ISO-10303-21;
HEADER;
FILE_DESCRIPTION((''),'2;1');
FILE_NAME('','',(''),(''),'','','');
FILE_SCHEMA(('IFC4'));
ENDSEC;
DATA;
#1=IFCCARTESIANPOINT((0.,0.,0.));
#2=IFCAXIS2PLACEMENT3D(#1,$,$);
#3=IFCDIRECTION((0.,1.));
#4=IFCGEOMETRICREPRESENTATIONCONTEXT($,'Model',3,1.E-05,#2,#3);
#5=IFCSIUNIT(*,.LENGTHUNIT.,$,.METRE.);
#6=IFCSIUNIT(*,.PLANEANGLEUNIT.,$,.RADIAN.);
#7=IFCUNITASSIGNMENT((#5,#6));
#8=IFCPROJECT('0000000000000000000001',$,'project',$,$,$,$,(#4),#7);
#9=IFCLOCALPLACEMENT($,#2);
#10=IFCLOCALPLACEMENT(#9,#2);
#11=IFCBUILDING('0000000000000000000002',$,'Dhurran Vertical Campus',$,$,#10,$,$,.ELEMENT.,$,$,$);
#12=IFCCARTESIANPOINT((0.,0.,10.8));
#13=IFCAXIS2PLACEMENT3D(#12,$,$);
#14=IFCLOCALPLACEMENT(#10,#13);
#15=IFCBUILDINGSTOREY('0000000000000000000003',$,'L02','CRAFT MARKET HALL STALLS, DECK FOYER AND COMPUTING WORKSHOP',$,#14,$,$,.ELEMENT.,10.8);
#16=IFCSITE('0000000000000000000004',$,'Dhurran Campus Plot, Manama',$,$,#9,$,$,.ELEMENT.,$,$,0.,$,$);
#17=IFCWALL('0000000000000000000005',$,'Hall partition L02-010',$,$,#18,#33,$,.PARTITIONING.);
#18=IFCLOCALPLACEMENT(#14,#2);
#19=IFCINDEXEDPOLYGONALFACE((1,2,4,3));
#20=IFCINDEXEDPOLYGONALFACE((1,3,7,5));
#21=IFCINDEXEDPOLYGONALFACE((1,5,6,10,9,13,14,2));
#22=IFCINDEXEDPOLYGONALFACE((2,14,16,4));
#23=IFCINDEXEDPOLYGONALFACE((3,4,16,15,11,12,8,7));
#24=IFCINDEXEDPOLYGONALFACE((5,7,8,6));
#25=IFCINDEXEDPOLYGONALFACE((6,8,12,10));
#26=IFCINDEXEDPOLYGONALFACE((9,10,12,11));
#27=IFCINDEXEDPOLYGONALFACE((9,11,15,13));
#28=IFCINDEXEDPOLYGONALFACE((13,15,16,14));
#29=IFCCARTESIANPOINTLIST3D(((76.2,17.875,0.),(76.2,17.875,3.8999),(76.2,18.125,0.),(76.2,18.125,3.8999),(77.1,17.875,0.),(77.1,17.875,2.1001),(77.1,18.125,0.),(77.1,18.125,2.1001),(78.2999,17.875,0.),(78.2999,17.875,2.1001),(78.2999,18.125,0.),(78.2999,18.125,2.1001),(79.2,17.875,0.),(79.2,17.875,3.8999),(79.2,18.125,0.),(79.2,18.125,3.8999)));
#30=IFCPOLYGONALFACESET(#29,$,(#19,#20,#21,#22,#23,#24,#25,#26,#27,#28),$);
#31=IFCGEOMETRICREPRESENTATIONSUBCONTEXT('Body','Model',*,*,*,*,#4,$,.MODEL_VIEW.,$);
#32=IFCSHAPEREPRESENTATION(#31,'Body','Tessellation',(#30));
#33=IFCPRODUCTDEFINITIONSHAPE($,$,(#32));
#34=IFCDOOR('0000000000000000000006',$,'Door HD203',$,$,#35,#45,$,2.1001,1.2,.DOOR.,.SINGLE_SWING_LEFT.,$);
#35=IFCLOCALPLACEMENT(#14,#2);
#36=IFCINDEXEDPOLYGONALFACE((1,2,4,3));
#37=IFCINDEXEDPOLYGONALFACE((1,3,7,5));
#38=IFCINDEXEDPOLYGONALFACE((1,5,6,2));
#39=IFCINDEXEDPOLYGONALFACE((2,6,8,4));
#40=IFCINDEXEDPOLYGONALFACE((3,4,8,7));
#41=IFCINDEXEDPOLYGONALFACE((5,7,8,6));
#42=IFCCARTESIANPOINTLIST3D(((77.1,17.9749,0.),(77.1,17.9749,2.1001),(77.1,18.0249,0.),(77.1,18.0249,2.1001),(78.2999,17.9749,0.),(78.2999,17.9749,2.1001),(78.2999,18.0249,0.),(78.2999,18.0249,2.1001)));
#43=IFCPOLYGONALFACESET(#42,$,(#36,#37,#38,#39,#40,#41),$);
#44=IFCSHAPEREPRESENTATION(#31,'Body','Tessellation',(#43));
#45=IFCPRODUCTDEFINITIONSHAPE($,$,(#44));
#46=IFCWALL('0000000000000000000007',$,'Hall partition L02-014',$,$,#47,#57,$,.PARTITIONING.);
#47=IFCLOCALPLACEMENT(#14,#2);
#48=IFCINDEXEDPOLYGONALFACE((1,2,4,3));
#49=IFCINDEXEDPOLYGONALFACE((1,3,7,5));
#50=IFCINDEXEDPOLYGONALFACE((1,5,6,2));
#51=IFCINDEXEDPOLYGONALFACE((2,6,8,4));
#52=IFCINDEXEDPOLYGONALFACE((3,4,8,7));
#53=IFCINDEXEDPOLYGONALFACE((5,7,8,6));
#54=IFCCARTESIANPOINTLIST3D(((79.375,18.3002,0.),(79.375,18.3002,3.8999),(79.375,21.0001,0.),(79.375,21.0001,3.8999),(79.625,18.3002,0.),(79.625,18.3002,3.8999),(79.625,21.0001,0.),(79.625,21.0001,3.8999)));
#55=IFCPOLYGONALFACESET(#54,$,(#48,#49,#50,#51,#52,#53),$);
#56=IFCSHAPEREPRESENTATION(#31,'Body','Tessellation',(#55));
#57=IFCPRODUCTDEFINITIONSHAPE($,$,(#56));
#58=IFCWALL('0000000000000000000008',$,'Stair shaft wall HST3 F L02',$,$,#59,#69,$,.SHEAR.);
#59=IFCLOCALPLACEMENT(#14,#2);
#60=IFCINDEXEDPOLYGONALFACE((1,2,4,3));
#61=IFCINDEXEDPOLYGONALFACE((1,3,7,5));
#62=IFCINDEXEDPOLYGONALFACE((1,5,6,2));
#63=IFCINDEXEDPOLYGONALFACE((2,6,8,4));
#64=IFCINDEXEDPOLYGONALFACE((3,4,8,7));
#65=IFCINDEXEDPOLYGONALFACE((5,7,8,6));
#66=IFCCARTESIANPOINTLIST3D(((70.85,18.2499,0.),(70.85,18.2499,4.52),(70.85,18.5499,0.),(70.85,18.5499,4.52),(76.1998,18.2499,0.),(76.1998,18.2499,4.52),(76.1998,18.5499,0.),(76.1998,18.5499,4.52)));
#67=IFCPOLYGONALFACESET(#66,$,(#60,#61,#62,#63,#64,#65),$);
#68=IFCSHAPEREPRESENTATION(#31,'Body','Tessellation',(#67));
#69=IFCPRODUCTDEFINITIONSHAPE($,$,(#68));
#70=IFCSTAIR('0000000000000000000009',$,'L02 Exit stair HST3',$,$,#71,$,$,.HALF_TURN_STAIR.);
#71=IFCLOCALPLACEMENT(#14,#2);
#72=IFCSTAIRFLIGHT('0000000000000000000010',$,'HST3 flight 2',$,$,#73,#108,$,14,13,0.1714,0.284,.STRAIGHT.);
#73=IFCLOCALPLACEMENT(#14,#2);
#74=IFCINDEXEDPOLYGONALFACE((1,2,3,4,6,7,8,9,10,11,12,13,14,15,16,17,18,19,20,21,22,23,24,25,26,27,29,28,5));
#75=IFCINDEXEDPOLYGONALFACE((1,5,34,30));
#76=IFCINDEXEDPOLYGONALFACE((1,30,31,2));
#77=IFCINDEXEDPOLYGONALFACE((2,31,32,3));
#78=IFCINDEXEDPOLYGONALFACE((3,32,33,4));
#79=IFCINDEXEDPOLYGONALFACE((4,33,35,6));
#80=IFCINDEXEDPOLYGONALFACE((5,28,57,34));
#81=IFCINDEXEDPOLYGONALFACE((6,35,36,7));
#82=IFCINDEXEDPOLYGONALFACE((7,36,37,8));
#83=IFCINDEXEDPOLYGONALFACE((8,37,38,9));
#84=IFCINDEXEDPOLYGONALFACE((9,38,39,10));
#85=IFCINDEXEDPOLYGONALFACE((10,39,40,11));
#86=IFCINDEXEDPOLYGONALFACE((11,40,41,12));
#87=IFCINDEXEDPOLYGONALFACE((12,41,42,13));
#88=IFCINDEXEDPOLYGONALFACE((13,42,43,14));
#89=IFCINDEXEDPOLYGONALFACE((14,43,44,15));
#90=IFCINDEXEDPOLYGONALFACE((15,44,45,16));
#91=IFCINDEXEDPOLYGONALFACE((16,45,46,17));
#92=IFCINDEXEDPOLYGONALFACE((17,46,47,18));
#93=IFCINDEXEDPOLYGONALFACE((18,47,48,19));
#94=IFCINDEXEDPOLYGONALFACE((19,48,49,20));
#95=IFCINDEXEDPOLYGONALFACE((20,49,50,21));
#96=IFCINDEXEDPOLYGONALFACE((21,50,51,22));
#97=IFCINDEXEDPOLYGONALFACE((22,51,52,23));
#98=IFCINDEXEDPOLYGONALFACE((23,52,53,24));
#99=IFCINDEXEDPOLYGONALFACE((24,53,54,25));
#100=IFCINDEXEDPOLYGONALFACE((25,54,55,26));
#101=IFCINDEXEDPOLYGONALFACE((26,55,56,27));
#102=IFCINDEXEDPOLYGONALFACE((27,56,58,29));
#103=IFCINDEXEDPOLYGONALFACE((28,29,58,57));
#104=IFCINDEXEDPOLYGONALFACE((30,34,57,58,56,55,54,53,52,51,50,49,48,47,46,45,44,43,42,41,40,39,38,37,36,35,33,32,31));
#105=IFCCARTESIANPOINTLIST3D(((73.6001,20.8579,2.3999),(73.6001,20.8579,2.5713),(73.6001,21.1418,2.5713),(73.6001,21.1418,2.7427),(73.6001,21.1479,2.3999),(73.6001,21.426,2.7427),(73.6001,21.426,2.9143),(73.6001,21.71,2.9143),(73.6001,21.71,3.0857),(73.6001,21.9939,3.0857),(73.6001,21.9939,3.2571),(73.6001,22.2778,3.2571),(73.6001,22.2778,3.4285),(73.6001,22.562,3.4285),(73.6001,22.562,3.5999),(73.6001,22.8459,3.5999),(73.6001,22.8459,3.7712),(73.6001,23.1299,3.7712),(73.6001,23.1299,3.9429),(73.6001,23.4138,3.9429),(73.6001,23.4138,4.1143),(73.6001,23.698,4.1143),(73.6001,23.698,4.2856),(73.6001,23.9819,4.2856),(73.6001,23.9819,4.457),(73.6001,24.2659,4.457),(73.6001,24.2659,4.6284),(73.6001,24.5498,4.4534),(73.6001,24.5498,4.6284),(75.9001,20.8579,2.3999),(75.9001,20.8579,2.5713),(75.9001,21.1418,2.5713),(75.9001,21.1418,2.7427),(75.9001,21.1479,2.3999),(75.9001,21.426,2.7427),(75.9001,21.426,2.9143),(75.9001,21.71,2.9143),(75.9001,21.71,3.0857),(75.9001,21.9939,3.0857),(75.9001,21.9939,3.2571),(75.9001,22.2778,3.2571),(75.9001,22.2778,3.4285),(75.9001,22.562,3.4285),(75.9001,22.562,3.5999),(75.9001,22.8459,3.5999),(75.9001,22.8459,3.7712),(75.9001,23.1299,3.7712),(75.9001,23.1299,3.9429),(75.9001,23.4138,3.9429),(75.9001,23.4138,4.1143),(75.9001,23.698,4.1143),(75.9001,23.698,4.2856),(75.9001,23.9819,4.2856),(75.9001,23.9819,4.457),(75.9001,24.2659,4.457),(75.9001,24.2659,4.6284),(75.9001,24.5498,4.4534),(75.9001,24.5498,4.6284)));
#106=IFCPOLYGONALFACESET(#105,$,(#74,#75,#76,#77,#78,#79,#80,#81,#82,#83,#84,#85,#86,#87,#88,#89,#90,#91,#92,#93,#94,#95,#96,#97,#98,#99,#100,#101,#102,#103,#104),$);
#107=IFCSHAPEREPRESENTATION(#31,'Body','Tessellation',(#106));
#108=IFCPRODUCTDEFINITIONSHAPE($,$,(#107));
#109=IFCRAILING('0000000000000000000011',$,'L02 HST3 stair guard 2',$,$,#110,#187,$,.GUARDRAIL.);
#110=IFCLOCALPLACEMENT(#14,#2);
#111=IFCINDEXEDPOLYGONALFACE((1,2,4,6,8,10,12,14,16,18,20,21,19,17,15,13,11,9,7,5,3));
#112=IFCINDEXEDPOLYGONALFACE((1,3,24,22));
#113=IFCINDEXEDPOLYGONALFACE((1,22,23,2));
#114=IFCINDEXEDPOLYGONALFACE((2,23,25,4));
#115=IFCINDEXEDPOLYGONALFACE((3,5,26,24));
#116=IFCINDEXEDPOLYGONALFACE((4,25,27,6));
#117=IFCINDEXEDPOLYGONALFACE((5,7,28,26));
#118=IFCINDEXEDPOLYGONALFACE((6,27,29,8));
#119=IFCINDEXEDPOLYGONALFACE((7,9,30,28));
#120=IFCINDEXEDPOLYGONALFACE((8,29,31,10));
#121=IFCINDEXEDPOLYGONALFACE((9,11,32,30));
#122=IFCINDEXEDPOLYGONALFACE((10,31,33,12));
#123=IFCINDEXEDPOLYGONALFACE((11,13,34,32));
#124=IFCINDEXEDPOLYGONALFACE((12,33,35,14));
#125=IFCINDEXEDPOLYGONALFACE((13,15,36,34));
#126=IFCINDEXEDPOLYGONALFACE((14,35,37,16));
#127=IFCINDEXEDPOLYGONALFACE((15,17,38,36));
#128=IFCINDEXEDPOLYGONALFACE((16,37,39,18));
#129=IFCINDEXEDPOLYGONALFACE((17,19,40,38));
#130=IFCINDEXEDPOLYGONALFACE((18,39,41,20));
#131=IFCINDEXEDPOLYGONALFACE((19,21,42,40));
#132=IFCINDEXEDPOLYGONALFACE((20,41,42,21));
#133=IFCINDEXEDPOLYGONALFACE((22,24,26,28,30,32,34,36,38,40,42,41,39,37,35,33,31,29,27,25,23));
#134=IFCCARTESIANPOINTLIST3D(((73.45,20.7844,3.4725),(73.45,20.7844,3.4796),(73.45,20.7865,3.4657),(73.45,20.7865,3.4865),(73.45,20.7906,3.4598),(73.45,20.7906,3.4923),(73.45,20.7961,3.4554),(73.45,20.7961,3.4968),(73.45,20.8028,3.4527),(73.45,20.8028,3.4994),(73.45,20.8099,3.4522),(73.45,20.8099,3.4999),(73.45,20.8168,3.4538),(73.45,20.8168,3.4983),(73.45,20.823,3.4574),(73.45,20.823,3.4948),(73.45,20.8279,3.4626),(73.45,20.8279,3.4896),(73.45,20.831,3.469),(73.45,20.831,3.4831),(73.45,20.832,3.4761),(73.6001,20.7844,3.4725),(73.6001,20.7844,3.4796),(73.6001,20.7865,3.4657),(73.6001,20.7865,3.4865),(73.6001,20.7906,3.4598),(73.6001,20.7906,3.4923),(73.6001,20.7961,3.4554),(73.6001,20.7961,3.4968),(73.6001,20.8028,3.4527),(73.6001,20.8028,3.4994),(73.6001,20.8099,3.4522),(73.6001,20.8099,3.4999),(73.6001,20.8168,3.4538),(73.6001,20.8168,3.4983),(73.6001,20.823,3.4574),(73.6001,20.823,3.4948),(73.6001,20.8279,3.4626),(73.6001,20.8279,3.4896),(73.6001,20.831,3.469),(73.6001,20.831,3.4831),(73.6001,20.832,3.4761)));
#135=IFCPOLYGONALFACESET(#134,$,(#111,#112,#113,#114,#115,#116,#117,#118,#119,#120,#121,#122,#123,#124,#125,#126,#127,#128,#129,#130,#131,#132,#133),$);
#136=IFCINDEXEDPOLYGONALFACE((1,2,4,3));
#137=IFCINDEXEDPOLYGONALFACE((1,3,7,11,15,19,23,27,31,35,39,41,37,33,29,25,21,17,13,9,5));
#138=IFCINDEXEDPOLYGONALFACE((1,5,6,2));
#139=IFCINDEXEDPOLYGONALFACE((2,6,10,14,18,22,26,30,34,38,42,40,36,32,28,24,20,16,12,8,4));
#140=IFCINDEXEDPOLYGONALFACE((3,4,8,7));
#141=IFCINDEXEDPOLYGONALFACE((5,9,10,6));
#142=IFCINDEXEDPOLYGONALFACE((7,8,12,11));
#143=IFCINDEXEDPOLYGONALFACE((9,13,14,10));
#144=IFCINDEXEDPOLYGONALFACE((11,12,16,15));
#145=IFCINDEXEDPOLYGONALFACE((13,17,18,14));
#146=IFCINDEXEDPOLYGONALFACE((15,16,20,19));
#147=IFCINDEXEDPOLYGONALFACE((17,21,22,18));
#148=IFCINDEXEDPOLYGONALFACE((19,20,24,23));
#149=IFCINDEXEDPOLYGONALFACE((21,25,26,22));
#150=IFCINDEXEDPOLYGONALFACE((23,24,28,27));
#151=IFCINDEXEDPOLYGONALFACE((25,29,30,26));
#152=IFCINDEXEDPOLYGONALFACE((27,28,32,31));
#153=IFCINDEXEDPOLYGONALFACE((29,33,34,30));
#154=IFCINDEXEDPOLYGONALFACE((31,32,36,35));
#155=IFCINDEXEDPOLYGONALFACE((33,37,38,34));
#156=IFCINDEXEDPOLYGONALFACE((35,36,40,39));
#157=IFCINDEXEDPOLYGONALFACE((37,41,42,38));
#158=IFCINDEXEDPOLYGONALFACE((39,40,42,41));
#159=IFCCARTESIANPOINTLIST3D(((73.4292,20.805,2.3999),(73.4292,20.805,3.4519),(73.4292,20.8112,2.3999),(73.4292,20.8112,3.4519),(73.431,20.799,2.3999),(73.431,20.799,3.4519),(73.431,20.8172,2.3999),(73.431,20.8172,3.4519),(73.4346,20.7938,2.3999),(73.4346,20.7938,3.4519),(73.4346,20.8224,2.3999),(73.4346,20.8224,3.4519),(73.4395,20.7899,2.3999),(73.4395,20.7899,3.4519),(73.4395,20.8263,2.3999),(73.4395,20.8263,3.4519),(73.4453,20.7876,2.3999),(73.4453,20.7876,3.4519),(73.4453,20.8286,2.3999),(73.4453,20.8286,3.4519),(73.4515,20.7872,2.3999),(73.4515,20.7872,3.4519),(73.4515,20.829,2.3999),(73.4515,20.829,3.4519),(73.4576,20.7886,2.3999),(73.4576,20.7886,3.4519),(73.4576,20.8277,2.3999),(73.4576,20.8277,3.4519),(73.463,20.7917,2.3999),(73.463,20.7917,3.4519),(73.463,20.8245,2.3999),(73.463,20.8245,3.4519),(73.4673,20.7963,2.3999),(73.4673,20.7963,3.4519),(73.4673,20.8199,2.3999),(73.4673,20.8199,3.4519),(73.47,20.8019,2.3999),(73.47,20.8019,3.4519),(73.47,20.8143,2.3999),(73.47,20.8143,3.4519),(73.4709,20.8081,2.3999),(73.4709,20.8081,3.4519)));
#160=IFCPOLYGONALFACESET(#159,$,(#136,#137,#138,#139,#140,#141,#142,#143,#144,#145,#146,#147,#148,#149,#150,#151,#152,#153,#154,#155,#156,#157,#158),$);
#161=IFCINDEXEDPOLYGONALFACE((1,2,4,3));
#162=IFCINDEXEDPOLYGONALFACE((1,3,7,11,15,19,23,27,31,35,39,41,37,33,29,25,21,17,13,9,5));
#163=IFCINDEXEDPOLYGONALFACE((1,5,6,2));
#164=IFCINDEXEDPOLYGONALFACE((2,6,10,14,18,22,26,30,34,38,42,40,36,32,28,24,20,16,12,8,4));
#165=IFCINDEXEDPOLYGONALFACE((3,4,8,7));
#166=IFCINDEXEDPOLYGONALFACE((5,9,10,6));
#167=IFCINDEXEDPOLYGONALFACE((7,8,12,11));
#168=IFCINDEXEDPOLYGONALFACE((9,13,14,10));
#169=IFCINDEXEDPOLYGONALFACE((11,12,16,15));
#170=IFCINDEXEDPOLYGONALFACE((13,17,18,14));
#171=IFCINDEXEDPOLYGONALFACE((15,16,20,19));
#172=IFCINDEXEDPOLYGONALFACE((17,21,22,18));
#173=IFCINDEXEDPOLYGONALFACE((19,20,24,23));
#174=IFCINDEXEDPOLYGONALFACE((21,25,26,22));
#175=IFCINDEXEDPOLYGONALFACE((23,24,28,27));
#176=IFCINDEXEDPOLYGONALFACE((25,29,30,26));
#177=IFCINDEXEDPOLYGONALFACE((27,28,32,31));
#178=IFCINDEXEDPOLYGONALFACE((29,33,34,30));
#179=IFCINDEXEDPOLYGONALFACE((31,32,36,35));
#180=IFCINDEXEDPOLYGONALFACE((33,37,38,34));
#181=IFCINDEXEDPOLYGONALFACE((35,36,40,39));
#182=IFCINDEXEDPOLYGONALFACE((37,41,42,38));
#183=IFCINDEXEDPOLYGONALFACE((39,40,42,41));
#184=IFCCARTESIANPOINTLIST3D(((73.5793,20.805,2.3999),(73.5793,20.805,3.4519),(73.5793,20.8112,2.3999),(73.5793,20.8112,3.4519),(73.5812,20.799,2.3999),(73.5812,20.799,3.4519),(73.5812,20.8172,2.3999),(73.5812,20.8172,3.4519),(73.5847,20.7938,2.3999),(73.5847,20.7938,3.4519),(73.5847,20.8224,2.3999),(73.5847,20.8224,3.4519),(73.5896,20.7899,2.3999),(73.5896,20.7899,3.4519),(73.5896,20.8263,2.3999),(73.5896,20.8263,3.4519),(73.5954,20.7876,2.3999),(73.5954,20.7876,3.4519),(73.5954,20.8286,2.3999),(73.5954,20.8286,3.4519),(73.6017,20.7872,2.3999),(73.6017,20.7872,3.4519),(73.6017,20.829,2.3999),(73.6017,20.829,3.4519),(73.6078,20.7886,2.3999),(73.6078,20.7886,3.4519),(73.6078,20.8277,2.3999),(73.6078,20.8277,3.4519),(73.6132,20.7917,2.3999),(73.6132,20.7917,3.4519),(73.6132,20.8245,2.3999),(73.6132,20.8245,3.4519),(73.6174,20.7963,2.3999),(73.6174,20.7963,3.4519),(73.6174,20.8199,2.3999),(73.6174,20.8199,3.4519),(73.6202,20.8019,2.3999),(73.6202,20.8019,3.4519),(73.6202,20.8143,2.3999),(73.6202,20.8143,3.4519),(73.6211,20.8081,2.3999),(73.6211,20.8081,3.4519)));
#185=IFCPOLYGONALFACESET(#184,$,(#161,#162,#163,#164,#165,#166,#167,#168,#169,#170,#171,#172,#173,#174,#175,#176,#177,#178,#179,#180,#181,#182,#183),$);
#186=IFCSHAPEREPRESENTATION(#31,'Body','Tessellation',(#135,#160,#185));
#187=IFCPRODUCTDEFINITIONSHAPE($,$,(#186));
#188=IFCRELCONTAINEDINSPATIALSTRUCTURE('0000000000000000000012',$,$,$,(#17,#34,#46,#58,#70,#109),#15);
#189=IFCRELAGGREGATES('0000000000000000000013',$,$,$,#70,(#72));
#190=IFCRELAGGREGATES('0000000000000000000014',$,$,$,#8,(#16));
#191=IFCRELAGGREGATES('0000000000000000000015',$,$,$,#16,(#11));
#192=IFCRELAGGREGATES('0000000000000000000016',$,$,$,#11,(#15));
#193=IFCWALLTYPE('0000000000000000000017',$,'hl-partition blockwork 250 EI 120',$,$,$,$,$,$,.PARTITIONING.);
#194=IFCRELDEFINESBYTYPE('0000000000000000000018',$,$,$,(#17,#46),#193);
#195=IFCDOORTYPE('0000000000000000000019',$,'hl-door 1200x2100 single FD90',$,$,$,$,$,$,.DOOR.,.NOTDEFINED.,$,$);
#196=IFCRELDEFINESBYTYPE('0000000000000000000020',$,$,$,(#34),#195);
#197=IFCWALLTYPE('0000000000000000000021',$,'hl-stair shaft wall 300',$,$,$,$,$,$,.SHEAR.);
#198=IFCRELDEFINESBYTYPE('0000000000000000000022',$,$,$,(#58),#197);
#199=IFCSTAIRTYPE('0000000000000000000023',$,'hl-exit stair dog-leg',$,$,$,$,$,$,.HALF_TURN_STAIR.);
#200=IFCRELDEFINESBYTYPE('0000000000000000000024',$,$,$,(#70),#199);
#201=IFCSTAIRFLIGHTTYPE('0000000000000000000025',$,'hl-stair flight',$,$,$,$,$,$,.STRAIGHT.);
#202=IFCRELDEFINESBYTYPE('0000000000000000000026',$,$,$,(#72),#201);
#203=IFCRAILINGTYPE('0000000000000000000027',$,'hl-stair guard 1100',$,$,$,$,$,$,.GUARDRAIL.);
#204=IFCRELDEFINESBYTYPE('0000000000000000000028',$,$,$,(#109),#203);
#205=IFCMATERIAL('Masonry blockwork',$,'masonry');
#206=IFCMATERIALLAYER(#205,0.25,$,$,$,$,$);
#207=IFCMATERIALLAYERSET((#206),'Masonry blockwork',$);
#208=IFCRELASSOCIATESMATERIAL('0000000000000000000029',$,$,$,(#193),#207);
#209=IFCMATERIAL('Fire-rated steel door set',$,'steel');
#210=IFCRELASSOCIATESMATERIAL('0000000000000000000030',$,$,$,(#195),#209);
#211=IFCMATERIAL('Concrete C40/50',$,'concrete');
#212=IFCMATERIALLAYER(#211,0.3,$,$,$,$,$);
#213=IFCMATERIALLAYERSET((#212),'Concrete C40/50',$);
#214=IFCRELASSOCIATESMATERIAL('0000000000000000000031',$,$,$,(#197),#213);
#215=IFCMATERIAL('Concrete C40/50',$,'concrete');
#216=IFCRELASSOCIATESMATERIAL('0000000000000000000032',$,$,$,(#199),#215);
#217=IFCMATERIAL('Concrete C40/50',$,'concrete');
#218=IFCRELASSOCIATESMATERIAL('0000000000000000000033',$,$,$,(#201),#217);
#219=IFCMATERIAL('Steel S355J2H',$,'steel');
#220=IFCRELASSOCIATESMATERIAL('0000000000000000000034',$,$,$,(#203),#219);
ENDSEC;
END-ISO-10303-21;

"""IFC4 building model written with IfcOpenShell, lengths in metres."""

from ifc_helpers import new_model, si_unit, direction, frame, frame_2d, origin, origin_2d, place, context, subcontext, project, spatial, polyline, rectangle, circle, outline, extrude, material, layer, layer_set, type_object, element, fill, aggregate, save


model = new_model("IFC4")

# Units and contexts
model_context = context("Model", 3, precision=1e-05, world=origin(), true_north=direction((0.0, 1.0)))
body_context = subcontext(model_context, "Body", "Model", "MODEL_VIEW")
ifc_project = project(units=[si_unit("LENGTHUNIT", "METRE"), si_unit("PLANEANGLEUNIT", "RADIAN")], contexts=[model_context])

# Site, building, storey
site_placement = place(None, origin())
site = spatial("IfcSite", under=ifc_project, at=site_placement, Name="Dhurran Campus Plot, Manama", CompositionType="ELEMENT", RefElevation=0.0)
building_placement = place(site_placement, origin())
building = spatial("IfcBuilding", under=site, at=building_placement, Name="Dhurran Vertical Campus", CompositionType="ELEMENT")
storey_placement = place(building_placement, frame((0.0, 0.0, 10.8)))
storey = spatial("IfcBuildingStorey", under=building, at=storey_placement, Name="L02", Description="CRAFT MARKET HALL STALLS, DECK FOYER AND COMPUTING WORKSHOP", CompositionType="ELEMENT", Elevation=10.8)

# Wall, opening, door
ifc_material_1 = material(Name="Masonry blockwork", Category="masonry")
ifc_layer_1 = layer(ifc_material_1, 0.25)
ifc_layer_set_1 = layer_set([ifc_layer_1], Name="Masonry blockwork")
wall_type_1 = type_object("IfcWallType", Name="hl-partition blockwork 250 EI 120", PredefinedType="PARTITIONING", material=ifc_layer_set_1)
wall_1_placement = place(storey_placement, frame((76.2, 18.0, 0.0), z_axis=(0.0, 0.0, 1.0), x_axis=(1.0, 0.0, 0.0)))
wall_1 = element("IfcWall", 1, at=wall_1_placement, inside=storey, type_object=wall_type_1, Name="Hall partition L02-010", PredefinedType="PARTITIONING", context=body_context, shape_type="SweptSolid", body=[
    extrude(rectangle(XDim=3.0, YDim=0.25, at=frame_2d((1.5, 0.0))), origin(), (0.0, 0.0, 1.0), 3.8999),
])
opening_1_placement = place(wall_1_placement, frame((0.8999, 0.0, 0.0)))
opening_1 = element("IfcOpeningElement", 2, at=opening_1_placement, cuts=wall_1, PredefinedType="OPENING", context=body_context, shape_type="SweptSolid", body=[
    extrude(rectangle(XDim=1.2, YDim=2.1001, at=frame_2d((0.6001, 1.05))), frame((0.0, 0.135, 0.0), z_axis=(0.0, -1.0, 0.0), x_axis=(1.0, 0.0, 0.0)), (0.0, 0.0, 1.0), 0.27),
])
ifc_material_2 = material(Name="Fire-rated steel door set", Category="steel")
door_type_1 = type_object("IfcDoorType", Name="hl-door 1200x2100 single FD90", OperationType="NOTDEFINED", PredefinedType="DOOR", material=ifc_material_2)
door_1_placement = place(opening_1_placement, origin())
door_1 = element("IfcDoor", 3, at=door_1_placement, inside=storey, type_object=door_type_1, Name="Door HD203", OperationType="SINGLE_SWING_LEFT", OverallHeight=2.1001, OverallWidth=1.2, PredefinedType="DOOR", context=body_context, shape_type="SweptSolid", body=[
    extrude(rectangle(XDim=1.2, YDim=2.1001, at=frame_2d((0.6001, 1.05))), frame((0.0, 0.0249, 0.0), z_axis=(0.0, -1.0, 0.0), x_axis=(1.0, 0.0, 0.0)), (0.0, 0.0, 1.0), 0.05),
])
fill(opening_1, door_1)

# Walls
wall_2_placement = place(storey_placement, frame((79.5, 18.3, 0.0), z_axis=(0.0, 0.0, 1.0), x_axis=(0.0, 1.0, 0.0)))
element("IfcWall", 4, at=wall_2_placement, inside=storey, type_object=wall_type_1, Name="Hall partition L02-014", PredefinedType="PARTITIONING", context=body_context, shape_type="SweptSolid", body=[
    extrude(rectangle(XDim=2.7, YDim=0.25, at=frame_2d((1.3501, 0.0))), origin(), (0.0, 0.0, 1.0), 3.8999),
])
ifc_material_3 = material(Name="Concrete C40/50", Category="concrete")
ifc_layer_2 = layer(ifc_material_3, 0.3)
ifc_layer_set_2 = layer_set([ifc_layer_2], Name="Concrete C40/50")
wall_type_2 = type_object("IfcWallType", Name="hl-stair shaft wall 300", PredefinedType="SHEAR", material=ifc_layer_set_2)
wall_3_placement = place(storey_placement, frame((70.8501, 18.3999, 0.0), z_axis=(0.0, 0.0, 1.0), x_axis=(1.0, 0.0, 0.0)))
element("IfcWall", 5, at=wall_3_placement, inside=storey, type_object=wall_type_2, Name="Stair shaft wall HST3 F L02", PredefinedType="SHEAR", context=body_context, shape_type="SweptSolid", body=[
    extrude(rectangle(XDim=5.3499, YDim=0.3, at=frame_2d((2.6748, 0.0))), origin(), (0.0, 0.0, 1.0), 4.52),
])

# Stair, stair flight
ifc_material_4 = material(Name="Concrete C40/50", Category="concrete")
stair_type = type_object("IfcStairType", Name="hl-exit stair dog-leg", PredefinedType="HALF_TURN_STAIR", material=ifc_material_4)
stair_placement = place(storey_placement, origin())
stair = element("IfcStair", 6, at=stair_placement, inside=storey, type_object=stair_type, Name="L02 Exit stair HST3", PredefinedType="HALF_TURN_STAIR")
ifc_material_5 = material(Name="Concrete C40/50", Category="concrete")
stair_flight_type = type_object("IfcStairFlightType", Name="hl-stair flight", PredefinedType="STRAIGHT", material=ifc_material_5)
stair_flight_placement = place(storey_placement, frame((74.75, 20.8579, 2.3999), z_axis=(0.0, 0.0, 1.0), x_axis=(0.0, 1.0, 0.0)))
stair_flight = element("IfcStairFlight", 7, at=stair_flight_placement, type_object=stair_flight_type, Name="HST3 flight 2", NumberOfRisers=14, NumberOfTreads=13, PredefinedType="STRAIGHT", RiserHeight=0.1714, TreadLength=0.284, context=body_context, shape_type="SweptSolid", body=[
    extrude(outline(polyline([(0.0, 0.0), (0.0, 0.1714), (0.2839, 0.1714), (0.2839, 0.3428), (0.5681, 0.3428), (0.5681, 0.5144), (0.8521, 0.5144), (0.8521, 0.6858), (1.136, 0.6858), (1.136, 0.8572), (1.4199, 0.8572), (1.4199, 1.0286), (1.7041, 1.0286), (1.7041, 1.2), (1.988, 1.2), (1.988, 1.3713), (2.272, 1.3713), (2.272, 1.543), (2.5559, 1.543), (2.5559, 1.7144), (2.8401, 1.7144), (2.8401, 1.8857), (3.124, 1.8857), (3.124, 2.0571), (3.408, 2.0571), (3.408, 2.2285), (3.6919, 2.2285), (3.6919, 2.3999), (3.6919, 2.0535), (0.29, 0.0), (0.0, 0.0)])), frame((0.0, 1.1499, 0.0), z_axis=(0.0, -1.0, 0.0), x_axis=(1.0, 0.0, 0.0)), (0.0, 0.0, 1.0), 2.3),
])
aggregate(stair, [stair_flight])

# Railing
ifc_material_6 = material(Name="Steel S355J2H", Category="steel")
railing_type = type_object("IfcRailingType", Name="hl-stair guard 1100", PredefinedType="GUARDRAIL", material=ifc_material_6)
railing_1_placement = place(storey_placement, frame((73.45, 20.8081, 2.3999)))
element("IfcRailing", 8, at=railing_1_placement, inside=storey, type_object=railing_type, Name="L02 HST3 stair guard 2", PredefinedType="GUARDRAIL", context=body_context, shape_type="SweptSolid", body=[
    extrude(circle(Radius=0.0239, at=origin_2d()), frame((0.0, 0.0, 1.0762), z_axis=(1.0, 0.0, 0.0), x_axis=(0.0, 1.0, 0.0)), (0.0, 0.0, 1.0), 0.1501),
    extrude(circle(Radius=0.021, at=origin_2d()), origin(), (0.0, 0.0, 1.0), 1.052),
    extrude(circle(Radius=0.021, at=origin_2d()), frame((0.1501, 0.0, 0.0)), (0.0, 0.0, 1.0), 1.052),
])

save(model, "model.ifc")
